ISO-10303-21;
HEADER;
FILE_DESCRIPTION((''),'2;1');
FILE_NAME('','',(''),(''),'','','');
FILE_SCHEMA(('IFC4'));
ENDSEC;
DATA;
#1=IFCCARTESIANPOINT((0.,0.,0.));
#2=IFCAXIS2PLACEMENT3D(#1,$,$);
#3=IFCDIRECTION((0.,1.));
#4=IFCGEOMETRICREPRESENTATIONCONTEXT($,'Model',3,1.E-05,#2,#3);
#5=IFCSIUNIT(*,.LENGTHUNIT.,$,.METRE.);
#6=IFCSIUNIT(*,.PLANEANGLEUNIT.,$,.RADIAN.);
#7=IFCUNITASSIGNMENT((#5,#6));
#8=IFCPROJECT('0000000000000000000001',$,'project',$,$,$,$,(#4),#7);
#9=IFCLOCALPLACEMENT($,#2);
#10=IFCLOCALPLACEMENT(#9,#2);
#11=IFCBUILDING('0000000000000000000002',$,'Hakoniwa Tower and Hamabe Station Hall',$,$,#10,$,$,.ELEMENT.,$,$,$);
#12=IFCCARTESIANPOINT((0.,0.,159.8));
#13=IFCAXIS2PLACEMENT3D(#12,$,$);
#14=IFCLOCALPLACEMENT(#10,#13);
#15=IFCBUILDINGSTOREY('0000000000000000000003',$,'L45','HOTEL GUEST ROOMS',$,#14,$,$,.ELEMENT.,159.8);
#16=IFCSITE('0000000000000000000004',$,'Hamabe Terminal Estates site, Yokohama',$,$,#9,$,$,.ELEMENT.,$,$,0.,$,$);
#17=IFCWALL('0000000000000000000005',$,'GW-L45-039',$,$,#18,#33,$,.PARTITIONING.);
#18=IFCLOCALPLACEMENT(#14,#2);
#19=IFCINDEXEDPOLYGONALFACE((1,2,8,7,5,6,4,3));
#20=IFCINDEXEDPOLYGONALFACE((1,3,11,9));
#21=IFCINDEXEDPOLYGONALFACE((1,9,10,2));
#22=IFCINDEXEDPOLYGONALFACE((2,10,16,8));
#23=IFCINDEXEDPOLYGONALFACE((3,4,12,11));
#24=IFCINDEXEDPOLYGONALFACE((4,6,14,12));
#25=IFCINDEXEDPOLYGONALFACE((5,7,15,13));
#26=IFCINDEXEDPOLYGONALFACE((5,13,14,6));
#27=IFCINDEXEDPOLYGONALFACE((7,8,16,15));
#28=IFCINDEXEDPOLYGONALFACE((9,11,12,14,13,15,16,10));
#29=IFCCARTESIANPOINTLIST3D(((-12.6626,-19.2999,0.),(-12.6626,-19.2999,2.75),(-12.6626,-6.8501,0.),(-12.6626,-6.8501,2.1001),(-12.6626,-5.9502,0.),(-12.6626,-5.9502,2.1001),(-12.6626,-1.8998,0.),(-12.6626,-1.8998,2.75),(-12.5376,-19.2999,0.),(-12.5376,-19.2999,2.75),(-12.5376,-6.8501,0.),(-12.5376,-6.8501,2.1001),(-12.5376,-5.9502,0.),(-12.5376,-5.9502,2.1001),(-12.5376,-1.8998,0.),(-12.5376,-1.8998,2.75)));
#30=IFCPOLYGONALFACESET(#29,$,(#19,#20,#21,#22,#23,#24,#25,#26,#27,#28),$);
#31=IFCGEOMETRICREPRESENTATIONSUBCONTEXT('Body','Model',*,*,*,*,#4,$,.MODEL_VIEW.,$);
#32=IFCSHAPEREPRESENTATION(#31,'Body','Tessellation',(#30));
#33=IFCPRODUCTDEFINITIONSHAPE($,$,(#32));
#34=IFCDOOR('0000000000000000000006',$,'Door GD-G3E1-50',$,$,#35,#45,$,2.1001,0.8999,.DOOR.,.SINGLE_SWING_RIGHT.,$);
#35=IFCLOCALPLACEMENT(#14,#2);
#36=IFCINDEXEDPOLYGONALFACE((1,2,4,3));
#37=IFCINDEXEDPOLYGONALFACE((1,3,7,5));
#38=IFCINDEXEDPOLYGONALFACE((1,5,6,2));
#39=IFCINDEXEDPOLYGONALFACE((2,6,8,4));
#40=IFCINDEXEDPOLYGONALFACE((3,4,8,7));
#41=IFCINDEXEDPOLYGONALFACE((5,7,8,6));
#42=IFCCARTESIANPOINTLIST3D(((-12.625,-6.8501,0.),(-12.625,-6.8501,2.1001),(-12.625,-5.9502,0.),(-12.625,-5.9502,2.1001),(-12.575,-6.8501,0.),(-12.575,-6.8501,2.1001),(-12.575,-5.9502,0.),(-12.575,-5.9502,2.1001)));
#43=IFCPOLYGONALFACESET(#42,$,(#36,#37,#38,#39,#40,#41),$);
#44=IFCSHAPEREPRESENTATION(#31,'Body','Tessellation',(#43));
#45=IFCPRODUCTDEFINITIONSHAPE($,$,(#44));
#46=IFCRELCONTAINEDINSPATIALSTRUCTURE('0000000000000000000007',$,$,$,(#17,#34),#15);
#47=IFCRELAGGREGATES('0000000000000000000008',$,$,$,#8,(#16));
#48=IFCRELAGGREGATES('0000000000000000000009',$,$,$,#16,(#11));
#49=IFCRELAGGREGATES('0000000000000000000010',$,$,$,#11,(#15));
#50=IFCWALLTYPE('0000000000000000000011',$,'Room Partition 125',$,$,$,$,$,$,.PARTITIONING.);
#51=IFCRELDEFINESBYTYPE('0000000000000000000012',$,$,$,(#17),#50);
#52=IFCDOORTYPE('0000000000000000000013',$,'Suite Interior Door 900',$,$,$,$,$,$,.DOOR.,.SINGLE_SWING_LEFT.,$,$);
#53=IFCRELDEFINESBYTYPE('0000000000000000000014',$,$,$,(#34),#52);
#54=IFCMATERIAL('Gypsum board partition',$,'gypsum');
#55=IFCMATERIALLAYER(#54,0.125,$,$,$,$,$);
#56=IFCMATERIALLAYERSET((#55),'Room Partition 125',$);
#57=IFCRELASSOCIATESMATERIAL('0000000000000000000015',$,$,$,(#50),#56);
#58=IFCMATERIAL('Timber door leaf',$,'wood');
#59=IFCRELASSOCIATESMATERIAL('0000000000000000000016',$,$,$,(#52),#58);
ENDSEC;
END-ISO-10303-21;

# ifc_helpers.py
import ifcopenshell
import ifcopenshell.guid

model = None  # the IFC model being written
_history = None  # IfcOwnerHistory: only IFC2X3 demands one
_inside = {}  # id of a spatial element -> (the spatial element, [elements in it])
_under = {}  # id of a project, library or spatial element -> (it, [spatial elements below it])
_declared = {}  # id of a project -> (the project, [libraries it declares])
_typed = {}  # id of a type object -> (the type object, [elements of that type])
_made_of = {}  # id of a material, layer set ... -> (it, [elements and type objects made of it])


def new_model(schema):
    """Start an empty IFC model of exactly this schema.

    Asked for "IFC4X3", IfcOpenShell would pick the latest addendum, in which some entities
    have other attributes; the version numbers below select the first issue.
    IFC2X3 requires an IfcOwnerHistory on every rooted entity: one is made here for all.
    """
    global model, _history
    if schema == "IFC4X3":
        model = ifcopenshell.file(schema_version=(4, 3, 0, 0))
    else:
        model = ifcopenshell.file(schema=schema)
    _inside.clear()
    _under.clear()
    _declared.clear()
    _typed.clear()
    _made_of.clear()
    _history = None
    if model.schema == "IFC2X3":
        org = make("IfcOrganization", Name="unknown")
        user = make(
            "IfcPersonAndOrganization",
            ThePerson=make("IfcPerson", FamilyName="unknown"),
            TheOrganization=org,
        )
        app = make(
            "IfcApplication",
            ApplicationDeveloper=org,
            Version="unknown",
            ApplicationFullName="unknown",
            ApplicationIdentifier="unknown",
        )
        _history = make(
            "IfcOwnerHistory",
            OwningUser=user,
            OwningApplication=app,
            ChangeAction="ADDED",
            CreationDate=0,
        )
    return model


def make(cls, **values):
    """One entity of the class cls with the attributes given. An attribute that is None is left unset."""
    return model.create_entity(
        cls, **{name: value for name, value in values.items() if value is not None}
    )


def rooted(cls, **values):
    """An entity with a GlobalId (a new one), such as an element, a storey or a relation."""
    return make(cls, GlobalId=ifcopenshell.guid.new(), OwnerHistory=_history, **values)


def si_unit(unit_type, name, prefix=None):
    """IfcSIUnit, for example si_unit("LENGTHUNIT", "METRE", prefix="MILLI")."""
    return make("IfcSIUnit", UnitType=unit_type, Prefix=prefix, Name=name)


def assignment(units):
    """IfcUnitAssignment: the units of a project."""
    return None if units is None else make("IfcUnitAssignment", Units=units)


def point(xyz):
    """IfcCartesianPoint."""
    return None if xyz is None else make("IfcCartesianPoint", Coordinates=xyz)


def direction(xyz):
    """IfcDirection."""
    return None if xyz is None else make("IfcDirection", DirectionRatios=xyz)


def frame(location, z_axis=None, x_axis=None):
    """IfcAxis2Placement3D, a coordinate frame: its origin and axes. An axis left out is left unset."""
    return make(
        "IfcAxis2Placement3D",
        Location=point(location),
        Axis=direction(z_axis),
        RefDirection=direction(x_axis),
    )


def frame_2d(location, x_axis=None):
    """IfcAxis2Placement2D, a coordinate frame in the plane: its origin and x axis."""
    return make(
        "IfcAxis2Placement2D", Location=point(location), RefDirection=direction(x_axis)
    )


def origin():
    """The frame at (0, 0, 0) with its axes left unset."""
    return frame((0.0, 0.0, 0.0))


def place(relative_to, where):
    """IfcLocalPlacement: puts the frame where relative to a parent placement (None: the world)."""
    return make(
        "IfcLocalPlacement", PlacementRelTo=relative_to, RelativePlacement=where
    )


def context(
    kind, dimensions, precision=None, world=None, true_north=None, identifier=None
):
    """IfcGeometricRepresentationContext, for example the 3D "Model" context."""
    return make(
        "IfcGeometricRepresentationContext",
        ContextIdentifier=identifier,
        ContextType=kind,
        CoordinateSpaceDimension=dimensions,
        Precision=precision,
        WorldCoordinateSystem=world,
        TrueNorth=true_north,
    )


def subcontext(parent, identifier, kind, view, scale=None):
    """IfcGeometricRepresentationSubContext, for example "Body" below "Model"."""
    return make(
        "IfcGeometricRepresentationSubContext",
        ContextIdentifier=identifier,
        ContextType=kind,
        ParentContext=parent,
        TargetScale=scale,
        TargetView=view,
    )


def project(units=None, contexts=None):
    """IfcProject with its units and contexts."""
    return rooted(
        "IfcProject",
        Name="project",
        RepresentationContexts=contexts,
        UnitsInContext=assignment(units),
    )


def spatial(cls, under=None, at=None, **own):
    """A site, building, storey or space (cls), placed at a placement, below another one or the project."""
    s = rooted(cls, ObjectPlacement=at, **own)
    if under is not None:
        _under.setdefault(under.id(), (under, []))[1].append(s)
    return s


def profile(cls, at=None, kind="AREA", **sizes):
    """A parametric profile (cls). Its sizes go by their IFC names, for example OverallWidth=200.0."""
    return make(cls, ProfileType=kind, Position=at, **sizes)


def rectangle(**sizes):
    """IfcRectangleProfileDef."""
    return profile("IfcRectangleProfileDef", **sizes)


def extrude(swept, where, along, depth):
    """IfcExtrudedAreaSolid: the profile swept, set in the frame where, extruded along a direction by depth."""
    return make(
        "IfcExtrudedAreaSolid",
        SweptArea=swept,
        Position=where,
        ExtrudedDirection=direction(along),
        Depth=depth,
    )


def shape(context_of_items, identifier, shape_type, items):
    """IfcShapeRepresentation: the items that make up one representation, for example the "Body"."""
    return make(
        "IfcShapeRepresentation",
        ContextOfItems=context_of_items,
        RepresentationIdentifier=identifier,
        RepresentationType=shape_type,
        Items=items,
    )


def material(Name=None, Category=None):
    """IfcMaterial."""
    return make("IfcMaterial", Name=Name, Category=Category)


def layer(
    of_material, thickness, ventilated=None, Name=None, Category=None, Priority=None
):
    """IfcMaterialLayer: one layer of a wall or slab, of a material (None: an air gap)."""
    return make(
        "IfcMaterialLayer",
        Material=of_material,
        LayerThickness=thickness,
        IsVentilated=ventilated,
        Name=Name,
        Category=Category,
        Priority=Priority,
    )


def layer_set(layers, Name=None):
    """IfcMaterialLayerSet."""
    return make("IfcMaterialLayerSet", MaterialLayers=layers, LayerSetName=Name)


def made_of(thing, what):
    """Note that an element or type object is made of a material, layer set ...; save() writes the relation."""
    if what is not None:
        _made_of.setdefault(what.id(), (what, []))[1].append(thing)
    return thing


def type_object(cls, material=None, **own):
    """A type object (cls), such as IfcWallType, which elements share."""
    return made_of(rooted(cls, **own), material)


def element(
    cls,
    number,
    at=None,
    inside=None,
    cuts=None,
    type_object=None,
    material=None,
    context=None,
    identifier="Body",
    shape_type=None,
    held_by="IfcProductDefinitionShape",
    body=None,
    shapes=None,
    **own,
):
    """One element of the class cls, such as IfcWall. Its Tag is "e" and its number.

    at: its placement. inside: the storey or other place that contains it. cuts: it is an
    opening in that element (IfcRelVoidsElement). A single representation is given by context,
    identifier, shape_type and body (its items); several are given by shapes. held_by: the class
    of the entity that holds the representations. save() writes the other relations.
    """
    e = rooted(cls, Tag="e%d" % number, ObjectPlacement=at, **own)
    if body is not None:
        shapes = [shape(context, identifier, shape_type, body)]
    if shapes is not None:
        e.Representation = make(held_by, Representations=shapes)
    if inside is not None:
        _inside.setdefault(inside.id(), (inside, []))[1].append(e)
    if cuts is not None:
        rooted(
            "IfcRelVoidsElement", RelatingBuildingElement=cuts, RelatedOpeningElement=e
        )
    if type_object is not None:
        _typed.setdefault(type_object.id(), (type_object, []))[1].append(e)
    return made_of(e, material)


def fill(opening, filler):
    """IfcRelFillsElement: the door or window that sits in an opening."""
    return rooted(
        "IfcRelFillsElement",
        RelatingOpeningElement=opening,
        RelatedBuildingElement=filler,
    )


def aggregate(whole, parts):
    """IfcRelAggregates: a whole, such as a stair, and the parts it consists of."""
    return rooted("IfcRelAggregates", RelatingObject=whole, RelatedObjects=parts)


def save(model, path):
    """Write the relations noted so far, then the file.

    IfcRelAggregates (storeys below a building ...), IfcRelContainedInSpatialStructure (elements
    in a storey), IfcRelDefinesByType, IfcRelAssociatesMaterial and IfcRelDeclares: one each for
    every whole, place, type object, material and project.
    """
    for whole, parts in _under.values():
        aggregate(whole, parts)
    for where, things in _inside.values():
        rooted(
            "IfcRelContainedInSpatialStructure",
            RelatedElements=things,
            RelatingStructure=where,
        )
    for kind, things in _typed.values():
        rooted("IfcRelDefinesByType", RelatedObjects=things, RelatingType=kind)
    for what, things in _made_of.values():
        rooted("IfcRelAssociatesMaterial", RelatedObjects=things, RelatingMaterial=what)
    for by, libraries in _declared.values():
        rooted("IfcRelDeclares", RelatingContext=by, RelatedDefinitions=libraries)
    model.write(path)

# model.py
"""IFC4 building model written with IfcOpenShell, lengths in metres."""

from ifc_helpers import new_model, si_unit, direction, frame, frame_2d, origin, place, context, subcontext, project, spatial, rectangle, extrude, material, layer, layer_set, type_object, element, fill, save


model = new_model("IFC4")

# Units and contexts
model_context = context("Model", 3, precision=1e-05, world=origin(), true_north=direction((0.0, 1.0)))
body_context = subcontext(model_context, "Body", "Model", "MODEL_VIEW")
ifc_project = project(units=[si_unit("LENGTHUNIT", "METRE"), si_unit("PLANEANGLEUNIT", "RADIAN")], contexts=[model_context])

# Site, building, storey
site_placement = place(None, origin())
site = spatial("IfcSite", under=ifc_project, at=site_placement, Name="Hamabe Terminal Estates site, Yokohama", CompositionType="ELEMENT", RefElevation=0.0)
building_placement = place(site_placement, origin())
building = spatial("IfcBuilding", under=site, at=building_placement, Name="Hakoniwa Tower and Hamabe Station Hall", CompositionType="ELEMENT")
storey_placement = place(building_placement, frame((0.0, 0.0, 159.8)))
storey = spatial("IfcBuildingStorey", under=building, at=storey_placement, Name="L45", Description="HOTEL GUEST ROOMS", CompositionType="ELEMENT", Elevation=159.8)

# Shared definitions
ifc_material_1 = material(Name="Gypsum board partition", Category="gypsum")
ifc_layer_1 = layer(ifc_material_1, 0.125)
ifc_layer_set_1 = layer_set([ifc_layer_1], Name="Room Partition 125")
wall_type_1 = type_object("IfcWallType", Name="Room Partition 125", PredefinedType="PARTITIONING", material=ifc_layer_set_1)
ifc_material_2 = material(Name="Timber door leaf", Category="wood")
door_type_1 = type_object("IfcDoorType", Name="Suite Interior Door 900", OperationType="SINGLE_SWING_LEFT", PredefinedType="DOOR", material=ifc_material_2)

# Wall, opening, door
wall_1_placement = place(storey_placement, frame((-12.6001, -19.3, 0.0), z_axis=(0.0, 0.0, 1.0), x_axis=(0.0, 1.0, 0.0)))
wall_1 = element("IfcWall", 1, at=wall_1_placement, inside=storey, type_object=wall_type_1, Name="GW-L45-039", PredefinedType="PARTITIONING", context=body_context, shape_type="SweptSolid", body=[
    extrude(rectangle(XDim=17.4001, YDim=0.125, at=frame_2d((8.7002, 0.0))), origin(), (0.0, 0.0, 1.0), 2.75),
])
opening_1_placement = place(wall_1_placement, frame((12.45, 0.0, 0.0)))
opening_1 = element("IfcOpeningElement", 2, at=opening_1_placement, cuts=wall_1, PredefinedType="OPENING", context=body_context, shape_type="SweptSolid", body=[
    extrude(rectangle(XDim=0.8999, YDim=2.1001, at=frame_2d((0.45, 1.05))), frame((0.0, 0.0725, 0.0), z_axis=(0.0, -1.0, 0.0), x_axis=(1.0, 0.0, 0.0)), (0.0, 0.0, 1.0), 0.145),
])
door_1_placement = place(opening_1_placement, origin())
door_1 = element("IfcDoor", 3, at=door_1_placement, inside=storey, type_object=door_type_1, Name="Door GD-G3E1-50", OperationType="SINGLE_SWING_RIGHT", OverallHeight=2.1001, OverallWidth=0.8999, PredefinedType="DOOR", context=body_context, shape_type="SweptSolid", body=[
    extrude(rectangle(XDim=0.8999, YDim=2.1001, at=frame_2d((0.45, 1.05))), frame((0.0, 0.0249, 0.0), z_axis=(0.0, -1.0, 0.0), x_axis=(1.0, 0.0, 0.0)), (0.0, 0.0, 1.0), 0.05),
])
fill(opening_1, door_1)

save(model, "model.ifc")
